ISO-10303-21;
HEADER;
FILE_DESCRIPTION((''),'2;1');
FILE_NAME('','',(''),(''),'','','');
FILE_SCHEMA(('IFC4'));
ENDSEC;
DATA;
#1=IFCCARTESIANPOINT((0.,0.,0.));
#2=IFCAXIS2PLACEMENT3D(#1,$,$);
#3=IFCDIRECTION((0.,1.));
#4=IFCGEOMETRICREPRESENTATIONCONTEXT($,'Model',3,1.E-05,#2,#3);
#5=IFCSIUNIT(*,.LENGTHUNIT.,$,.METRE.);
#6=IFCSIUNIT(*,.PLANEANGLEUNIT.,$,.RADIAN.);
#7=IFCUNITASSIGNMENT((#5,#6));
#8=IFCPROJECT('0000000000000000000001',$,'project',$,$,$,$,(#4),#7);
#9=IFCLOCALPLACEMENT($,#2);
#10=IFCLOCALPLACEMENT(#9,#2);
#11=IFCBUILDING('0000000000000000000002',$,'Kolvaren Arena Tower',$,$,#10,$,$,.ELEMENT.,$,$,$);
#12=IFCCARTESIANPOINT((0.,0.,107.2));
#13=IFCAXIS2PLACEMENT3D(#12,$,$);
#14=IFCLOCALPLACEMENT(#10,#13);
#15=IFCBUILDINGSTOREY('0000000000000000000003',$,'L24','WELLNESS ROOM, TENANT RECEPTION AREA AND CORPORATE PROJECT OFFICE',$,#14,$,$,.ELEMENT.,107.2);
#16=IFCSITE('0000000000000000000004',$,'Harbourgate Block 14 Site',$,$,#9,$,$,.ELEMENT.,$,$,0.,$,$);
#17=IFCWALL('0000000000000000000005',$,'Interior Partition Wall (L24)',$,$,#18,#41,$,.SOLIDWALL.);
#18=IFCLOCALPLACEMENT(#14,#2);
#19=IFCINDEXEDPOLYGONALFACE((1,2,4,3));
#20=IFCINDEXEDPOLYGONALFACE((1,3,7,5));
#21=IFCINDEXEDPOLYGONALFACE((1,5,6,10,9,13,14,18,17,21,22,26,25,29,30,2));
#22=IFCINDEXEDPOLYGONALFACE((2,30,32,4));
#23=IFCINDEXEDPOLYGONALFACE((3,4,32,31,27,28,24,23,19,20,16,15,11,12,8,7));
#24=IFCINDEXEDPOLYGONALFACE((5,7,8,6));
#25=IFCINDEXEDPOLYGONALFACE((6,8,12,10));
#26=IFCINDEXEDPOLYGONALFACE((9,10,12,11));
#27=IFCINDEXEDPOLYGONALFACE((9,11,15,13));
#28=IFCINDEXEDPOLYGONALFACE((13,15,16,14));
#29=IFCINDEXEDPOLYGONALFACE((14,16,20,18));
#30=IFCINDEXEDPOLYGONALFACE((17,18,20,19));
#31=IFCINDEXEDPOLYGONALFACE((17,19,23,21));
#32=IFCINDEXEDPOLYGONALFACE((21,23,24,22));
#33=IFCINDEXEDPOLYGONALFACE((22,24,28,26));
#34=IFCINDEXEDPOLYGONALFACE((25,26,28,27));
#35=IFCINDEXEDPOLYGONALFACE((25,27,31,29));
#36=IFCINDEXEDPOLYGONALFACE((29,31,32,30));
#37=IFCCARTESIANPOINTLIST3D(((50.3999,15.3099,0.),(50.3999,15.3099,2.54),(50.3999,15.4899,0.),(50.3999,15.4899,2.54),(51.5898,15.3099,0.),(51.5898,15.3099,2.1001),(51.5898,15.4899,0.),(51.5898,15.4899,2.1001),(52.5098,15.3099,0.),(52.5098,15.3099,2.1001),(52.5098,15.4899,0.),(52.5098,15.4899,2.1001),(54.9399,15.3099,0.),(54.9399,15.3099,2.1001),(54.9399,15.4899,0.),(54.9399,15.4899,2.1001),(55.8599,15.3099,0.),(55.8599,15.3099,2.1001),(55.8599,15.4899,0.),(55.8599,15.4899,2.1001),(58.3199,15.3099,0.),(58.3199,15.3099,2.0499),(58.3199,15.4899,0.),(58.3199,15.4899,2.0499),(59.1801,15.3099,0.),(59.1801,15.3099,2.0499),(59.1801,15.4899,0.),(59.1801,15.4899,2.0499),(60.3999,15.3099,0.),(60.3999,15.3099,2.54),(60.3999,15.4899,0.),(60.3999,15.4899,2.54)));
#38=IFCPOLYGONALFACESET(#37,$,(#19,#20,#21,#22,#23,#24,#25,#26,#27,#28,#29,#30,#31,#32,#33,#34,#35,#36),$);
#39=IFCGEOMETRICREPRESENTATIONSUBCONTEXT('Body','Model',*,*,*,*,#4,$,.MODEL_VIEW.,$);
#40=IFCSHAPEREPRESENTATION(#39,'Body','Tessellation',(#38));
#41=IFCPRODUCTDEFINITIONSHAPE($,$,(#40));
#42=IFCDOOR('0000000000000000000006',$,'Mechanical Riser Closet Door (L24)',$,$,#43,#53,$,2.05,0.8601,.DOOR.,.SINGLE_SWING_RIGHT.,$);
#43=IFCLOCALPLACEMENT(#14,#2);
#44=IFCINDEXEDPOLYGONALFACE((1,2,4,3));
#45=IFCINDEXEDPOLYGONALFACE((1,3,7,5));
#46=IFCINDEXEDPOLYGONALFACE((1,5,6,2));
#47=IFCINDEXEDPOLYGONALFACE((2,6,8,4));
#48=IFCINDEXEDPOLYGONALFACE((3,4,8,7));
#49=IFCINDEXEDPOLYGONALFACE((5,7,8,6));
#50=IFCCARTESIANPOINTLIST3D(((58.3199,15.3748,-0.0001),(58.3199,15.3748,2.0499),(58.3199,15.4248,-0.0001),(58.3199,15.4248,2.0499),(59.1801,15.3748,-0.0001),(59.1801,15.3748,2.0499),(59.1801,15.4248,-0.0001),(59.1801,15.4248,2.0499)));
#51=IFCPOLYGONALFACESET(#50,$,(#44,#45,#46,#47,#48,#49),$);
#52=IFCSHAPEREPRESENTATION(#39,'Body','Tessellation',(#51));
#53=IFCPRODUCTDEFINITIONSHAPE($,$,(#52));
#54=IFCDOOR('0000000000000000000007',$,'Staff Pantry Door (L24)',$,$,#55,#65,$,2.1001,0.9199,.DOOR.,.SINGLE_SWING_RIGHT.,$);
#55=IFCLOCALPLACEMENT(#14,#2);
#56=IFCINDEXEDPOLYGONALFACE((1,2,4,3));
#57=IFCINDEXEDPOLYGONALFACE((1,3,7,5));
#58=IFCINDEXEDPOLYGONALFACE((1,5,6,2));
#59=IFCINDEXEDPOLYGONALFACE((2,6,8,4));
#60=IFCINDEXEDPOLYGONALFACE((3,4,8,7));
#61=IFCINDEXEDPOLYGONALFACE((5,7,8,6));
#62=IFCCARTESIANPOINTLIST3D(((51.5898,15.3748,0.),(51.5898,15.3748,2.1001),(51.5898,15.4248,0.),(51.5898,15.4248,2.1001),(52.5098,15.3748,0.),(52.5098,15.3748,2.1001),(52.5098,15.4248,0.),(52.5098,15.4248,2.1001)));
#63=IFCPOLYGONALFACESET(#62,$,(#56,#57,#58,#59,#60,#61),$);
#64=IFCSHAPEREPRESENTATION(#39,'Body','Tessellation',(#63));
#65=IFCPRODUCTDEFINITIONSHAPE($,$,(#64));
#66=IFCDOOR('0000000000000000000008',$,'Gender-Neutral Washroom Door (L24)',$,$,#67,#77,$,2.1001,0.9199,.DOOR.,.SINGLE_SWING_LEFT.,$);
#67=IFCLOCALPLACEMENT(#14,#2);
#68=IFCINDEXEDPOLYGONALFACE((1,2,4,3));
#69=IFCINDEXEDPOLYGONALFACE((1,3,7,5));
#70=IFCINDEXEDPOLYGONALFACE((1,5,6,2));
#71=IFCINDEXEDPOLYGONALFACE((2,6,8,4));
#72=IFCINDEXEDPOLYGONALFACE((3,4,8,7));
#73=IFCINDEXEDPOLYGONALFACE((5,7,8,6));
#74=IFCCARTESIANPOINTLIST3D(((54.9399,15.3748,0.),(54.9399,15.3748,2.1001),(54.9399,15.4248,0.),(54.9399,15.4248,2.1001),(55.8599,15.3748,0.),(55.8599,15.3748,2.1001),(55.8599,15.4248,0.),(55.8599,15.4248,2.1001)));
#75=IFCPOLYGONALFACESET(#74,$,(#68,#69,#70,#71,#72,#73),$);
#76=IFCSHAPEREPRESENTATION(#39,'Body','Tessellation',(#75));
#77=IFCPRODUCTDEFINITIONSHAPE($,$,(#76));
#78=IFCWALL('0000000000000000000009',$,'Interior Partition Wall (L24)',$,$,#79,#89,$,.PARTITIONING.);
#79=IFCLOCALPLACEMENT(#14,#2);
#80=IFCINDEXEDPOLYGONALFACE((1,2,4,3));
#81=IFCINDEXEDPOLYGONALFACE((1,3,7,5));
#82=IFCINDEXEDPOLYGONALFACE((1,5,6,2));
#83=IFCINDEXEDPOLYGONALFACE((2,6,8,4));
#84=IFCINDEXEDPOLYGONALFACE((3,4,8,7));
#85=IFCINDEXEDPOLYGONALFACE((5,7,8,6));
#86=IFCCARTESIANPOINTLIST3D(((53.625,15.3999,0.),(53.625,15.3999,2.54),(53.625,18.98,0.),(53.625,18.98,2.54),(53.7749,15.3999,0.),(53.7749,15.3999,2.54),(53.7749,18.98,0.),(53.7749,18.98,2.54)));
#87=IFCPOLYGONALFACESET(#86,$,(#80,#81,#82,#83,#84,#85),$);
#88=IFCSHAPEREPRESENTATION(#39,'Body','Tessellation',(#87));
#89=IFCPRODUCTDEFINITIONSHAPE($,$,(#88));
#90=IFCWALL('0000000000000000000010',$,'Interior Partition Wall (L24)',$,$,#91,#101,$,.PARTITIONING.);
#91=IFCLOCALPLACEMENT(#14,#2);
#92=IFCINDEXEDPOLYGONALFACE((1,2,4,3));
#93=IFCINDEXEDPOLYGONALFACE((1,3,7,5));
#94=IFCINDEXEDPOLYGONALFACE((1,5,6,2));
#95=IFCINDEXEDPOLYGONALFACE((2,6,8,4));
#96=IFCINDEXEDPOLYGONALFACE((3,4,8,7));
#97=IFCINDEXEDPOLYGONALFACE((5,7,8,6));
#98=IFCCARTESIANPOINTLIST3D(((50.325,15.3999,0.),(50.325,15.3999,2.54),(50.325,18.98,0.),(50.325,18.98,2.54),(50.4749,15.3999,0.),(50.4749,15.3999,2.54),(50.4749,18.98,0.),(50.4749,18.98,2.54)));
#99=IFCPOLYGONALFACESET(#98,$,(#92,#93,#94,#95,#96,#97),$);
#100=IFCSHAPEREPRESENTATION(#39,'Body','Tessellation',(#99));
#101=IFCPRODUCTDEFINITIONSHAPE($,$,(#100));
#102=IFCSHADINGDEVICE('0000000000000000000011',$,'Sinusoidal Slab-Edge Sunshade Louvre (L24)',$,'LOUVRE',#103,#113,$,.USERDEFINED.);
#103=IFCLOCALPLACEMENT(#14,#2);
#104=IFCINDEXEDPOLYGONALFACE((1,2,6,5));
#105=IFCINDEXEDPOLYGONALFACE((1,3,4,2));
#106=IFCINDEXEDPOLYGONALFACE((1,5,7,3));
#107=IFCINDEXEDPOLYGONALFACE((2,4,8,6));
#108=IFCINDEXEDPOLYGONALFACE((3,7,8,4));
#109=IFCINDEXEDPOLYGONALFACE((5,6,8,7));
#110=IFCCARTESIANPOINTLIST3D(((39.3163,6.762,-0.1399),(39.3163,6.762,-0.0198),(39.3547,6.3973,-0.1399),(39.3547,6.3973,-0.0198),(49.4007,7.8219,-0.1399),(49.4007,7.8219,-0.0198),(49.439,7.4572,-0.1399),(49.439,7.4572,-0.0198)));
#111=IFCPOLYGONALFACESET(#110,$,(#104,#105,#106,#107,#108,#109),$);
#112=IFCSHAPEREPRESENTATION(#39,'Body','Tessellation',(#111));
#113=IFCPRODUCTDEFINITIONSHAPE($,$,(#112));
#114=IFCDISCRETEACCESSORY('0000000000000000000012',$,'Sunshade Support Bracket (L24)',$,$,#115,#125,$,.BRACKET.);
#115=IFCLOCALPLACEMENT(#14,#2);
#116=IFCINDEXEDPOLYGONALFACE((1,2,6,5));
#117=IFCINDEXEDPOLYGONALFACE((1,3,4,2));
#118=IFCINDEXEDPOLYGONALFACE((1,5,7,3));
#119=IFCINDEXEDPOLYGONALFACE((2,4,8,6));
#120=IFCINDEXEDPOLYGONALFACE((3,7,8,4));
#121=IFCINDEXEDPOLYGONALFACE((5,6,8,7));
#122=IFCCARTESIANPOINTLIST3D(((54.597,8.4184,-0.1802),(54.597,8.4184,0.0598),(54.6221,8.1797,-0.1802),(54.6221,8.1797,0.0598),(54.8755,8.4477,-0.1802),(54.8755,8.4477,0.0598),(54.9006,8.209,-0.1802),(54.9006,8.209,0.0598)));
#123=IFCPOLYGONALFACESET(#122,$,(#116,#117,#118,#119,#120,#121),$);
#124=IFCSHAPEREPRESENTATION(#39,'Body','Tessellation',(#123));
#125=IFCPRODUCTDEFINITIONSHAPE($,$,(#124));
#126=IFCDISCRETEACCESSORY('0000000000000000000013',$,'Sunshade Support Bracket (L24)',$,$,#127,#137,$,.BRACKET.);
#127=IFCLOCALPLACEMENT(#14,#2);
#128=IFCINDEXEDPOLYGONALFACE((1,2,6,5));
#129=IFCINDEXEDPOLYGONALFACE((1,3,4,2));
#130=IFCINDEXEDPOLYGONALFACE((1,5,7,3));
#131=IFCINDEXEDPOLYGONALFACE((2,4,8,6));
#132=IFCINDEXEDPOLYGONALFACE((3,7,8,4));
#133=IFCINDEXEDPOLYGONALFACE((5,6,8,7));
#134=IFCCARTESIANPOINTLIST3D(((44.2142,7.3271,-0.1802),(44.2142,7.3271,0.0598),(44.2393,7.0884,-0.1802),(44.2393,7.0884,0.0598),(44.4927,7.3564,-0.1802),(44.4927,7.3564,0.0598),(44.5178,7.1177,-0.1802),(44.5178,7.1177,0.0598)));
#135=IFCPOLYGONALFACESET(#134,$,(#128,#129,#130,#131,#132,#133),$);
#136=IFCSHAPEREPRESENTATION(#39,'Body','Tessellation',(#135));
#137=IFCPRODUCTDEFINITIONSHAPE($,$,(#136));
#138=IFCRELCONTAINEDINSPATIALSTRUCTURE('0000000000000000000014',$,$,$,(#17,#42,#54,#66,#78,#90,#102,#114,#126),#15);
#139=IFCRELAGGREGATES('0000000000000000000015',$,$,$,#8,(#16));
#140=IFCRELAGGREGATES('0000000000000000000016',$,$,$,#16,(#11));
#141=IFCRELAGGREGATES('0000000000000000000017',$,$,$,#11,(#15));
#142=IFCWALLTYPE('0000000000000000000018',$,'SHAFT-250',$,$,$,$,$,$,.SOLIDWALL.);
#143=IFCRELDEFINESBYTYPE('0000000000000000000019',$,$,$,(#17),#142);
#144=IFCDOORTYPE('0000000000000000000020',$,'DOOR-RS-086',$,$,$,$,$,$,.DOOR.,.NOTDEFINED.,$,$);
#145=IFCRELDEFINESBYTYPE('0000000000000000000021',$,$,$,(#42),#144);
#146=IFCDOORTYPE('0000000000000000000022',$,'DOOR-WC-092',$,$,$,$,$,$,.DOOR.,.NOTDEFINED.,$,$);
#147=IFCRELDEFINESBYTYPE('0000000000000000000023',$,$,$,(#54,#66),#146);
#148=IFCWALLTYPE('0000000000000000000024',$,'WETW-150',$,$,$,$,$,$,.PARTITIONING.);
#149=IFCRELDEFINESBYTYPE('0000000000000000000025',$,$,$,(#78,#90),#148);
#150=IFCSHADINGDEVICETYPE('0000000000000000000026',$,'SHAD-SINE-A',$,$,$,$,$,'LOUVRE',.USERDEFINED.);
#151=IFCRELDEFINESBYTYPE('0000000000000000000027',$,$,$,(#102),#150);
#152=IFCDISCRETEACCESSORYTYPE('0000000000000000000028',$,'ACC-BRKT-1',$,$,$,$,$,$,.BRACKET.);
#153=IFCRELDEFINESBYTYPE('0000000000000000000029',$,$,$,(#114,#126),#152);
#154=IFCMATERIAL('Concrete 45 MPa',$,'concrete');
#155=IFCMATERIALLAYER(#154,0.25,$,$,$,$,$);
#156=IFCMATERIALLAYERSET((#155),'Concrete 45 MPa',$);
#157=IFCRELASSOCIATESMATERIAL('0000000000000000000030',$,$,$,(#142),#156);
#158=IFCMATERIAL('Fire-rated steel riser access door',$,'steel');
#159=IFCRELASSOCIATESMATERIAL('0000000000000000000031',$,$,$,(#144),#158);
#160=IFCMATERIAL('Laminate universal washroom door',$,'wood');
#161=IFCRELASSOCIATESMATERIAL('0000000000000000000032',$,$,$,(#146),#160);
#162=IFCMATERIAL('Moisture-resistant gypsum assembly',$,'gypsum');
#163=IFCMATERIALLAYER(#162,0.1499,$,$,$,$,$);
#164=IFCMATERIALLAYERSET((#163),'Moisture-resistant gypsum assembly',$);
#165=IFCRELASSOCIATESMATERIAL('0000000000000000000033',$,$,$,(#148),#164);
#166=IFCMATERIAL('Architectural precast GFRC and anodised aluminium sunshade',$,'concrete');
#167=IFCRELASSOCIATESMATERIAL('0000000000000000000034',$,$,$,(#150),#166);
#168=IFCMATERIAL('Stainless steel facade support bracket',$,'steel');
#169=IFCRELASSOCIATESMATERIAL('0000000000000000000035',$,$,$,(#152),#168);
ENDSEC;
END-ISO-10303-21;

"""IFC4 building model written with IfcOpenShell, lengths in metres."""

from ifc_helpers import new_model, si_unit, direction, frame, frame_2d, origin, origin_2d, place, context, subcontext, project, spatial, rectangle, extrude, material, layer, layer_set, type_object, element, fill, save


model = new_model("IFC4")

# Units and contexts
model_context = context("Model", 3, precision=1e-05, world=origin(), true_north=direction((0.0, 1.0)))
body_context = subcontext(model_context, "Body", "Model", "MODEL_VIEW")
ifc_project = project(units=[si_unit("LENGTHUNIT", "METRE"), si_unit("PLANEANGLEUNIT", "RADIAN")], contexts=[model_context])

# Site, building, storey
site_placement = place(None, origin())
site = spatial("IfcSite", under=ifc_project, at=site_placement, Name="Harbourgate Block 14 Site", CompositionType="ELEMENT", RefElevation=0.0)
building_placement = place(site_placement, origin())
building = spatial("IfcBuilding", under=site, at=building_placement, Name="Kolvaren Arena Tower", CompositionType="ELEMENT")
storey_placement = place(building_placement, frame((0.0, 0.0, 107.2)))
storey = spatial("IfcBuildingStorey", under=building, at=storey_placement, Name="L24", Description="WELLNESS ROOM, TENANT RECEPTION AREA AND CORPORATE PROJECT OFFICE", CompositionType="ELEMENT", Elevation=107.2)

# Shared definitions
ifc_material_1 = material(Name="Concrete 45 MPa", Category="concrete")
ifc_layer_1 = layer(ifc_material_1, 0.25)
ifc_layer_set_1 = layer_set([ifc_layer_1], Name="Concrete 45 MPa")
wall_type_1 = type_object("IfcWallType", Name="SHAFT-250", PredefinedType="SOLIDWALL", material=ifc_layer_set_1)

# Wall, openings, doors
wall_1_placement = place(storey_placement, frame((50.3999, 15.3999, 0.0), z_axis=(0.0, 0.0, 1.0), x_axis=(1.0, 0.0, 0.0)))
wall_1 = element("IfcWall", 1, at=wall_1_placement, inside=storey, type_object=wall_type_1, Name="Interior Partition Wall (L24)", PredefinedType="SOLIDWALL", context=body_context, shape_type="SweptSolid", body=[
    extrude(rectangle(XDim=10.0, YDim=0.1799, at=frame_2d((5.0, 0.0))), origin(), (0.0, 0.0, 1.0), 2.54),
])
opening_1_placement = place(wall_1_placement, frame((1.1899, 0.0, 0.0)))
opening_1 = element("IfcOpeningElement", 2, at=opening_1_placement, cuts=wall_1, PredefinedType="OPENING", context=body_context, shape_type="SweptSolid", body=[
    extrude(rectangle(XDim=0.9199, YDim=2.1001, at=frame_2d((0.46, 1.05))), frame((0.0, 0.0999, 0.0), z_axis=(0.0, -1.0, 0.0), x_axis=(1.0, 0.0, 0.0)), (0.0, 0.0, 1.0), 0.2),
])
opening_2_placement = place(wall_1_placement, frame((4.54, 0.0, 0.0)))
opening_2 = element("IfcOpeningElement", 3, at=opening_2_placement, cuts=wall_1, PredefinedType="OPENING", context=body_context, shape_type="SweptSolid", body=[
    extrude(rectangle(XDim=0.9199, YDim=2.1001, at=frame_2d((0.46, 1.05))), frame((0.0, 0.0999, 0.0), z_axis=(0.0, -1.0, 0.0), x_axis=(1.0, 0.0, 0.0)), (0.0, 0.0, 1.0), 0.2),
])
opening_3_placement = place(wall_1_placement, frame((7.9199, 0.0, 0.0)))
opening_3 = element("IfcOpeningElement", 4, at=opening_3_placement, cuts=wall_1, PredefinedType="OPENING", context=body_context, shape_type="SweptSolid", body=[
    extrude(rectangle(XDim=0.8601, YDim=2.05, at=frame_2d((0.4302, 1.0249))), frame((0.0, 0.0999, 0.0), z_axis=(0.0, -1.0, 0.0), x_axis=(1.0, 0.0, 0.0)), (0.0, 0.0, 1.0), 0.2),
])
ifc_material_2 = material(Name="Fire-rated steel riser access door", Category="steel")
door_type_1 = type_object("IfcDoorType", Name="DOOR-RS-086", OperationType="NOTDEFINED", PredefinedType="DOOR", material=ifc_material_2)
door_1_placement = place(opening_3_placement, origin())
door_1 = element("IfcDoor", 5, at=door_1_placement, inside=storey, type_object=door_type_1, Name="Mechanical Riser Closet Door (L24)", OperationType="SINGLE_SWING_RIGHT", OverallHeight=2.05, OverallWidth=0.8601, PredefinedType="DOOR", context=body_context, shape_type="SweptSolid", body=[
    extrude(rectangle(XDim=0.8601, YDim=2.05, at=frame_2d((0.4302, 1.0249))), frame((0.0, 0.0249, 0.0), z_axis=(0.0, -1.0, 0.0), x_axis=(1.0, 0.0, 0.0)), (0.0, 0.0, 1.0), 0.05),
])
fill(opening_3, door_1)
ifc_material_3 = material(Name="Laminate universal washroom door", Category="wood")
door_type_2 = type_object("IfcDoorType", Name="DOOR-WC-092", OperationType="NOTDEFINED", PredefinedType="DOOR", material=ifc_material_3)
door_2_placement = place(opening_1_placement, origin())
door_2 = element("IfcDoor", 6, at=door_2_placement, inside=storey, type_object=door_type_2, Name="Staff Pantry Door (L24)", OperationType="SINGLE_SWING_RIGHT", OverallHeight=2.1001, OverallWidth=0.9199, PredefinedType="DOOR", context=body_context, shape_type="SweptSolid", body=[
    extrude(rectangle(XDim=0.9199, YDim=2.1001, at=frame_2d((0.46, 1.05))), frame((0.0, 0.0249, 0.0), z_axis=(0.0, -1.0, 0.0), x_axis=(1.0, 0.0, 0.0)), (0.0, 0.0, 1.0), 0.05),
])
fill(opening_1, door_2)
door_3_placement = place(opening_2_placement, origin())
door_3 = element("IfcDoor", 7, at=door_3_placement, inside=storey, type_object=door_type_2, Name="Gender-Neutral Washroom Door (L24)", OperationType="SINGLE_SWING_LEFT", OverallHeight=2.1001, OverallWidth=0.9199, PredefinedType="DOOR", context=body_context, shape_type="SweptSolid", body=[
    extrude(rectangle(XDim=0.9199, YDim=2.1001, at=frame_2d((0.46, 1.05))), frame((0.0, 0.0249, 0.0), z_axis=(0.0, -1.0, 0.0), x_axis=(1.0, 0.0, 0.0)), (0.0, 0.0, 1.0), 0.05),
])
fill(opening_2, door_3)

# Walls
ifc_material_4 = material(Name="Moisture-resistant gypsum assembly", Category="gypsum")
ifc_layer_2 = layer(ifc_material_4, 0.1499)
ifc_layer_set_2 = layer_set([ifc_layer_2], Name="Moisture-resistant gypsum assembly")
wall_type_2 = type_object("IfcWallType", Name="WETW-150", PredefinedType="PARTITIONING", material=ifc_layer_set_2)
for number, where, z_axis, x_axis, name in (
    (8, (53.7, 15.3999, 0.0), (0.0, 0.0, 1.0), (0.0, 1.0, 0.0), "Interior Partition Wall (L24)"),
    (9, (50.3999, 15.3999, 0.0), (0.0, 0.0, 1.0), (0.0, 1.0, 0.0), "Interior Partition Wall (L24)"),
):
    element("IfcWall", number, at=place(storey_placement, frame(where, z_axis=z_axis, x_axis=x_axis)), inside=storey, type_object=wall_type_2, Name=name, PredefinedType="PARTITIONING", context=body_context, shape_type="SweptSolid", body=[
        extrude(rectangle(XDim=3.5801, YDim=0.1499, at=frame_2d((1.79, 0.0))), origin(), (0.0, 0.0, 1.0), 2.54),
    ])

# Shading device
ifc_material_5 = material(Name="Architectural precast GFRC and anodised aluminium sunshade", Category="concrete")
shading_device_type = type_object("IfcShadingDeviceType", Name="SHAD-SINE-A", ElementType="LOUVRE", PredefinedType="USERDEFINED", material=ifc_material_5)
shading_device_placement = place(storey_placement, frame((44.3777, 7.1096, -0.1399), z_axis=(0.0, 0.0, 1.0), x_axis=(-0.994522, -0.104527, 0.0)))
element("IfcShadingDevice", 10, at=shading_device_placement, inside=storey, type_object=shading_device_type, Name="Sinusoidal Slab-Edge Sunshade Louvre (L24)", ObjectType="LOUVRE", PredefinedType="USERDEFINED", context=body_context, shape_type="SweptSolid", body=[
    extrude(rectangle(XDim=10.1399, YDim=0.3667, at=origin_2d()), origin(), (0.0, 0.0, 1.0), 0.1201),
])

# Discrete accessories
ifc_material_6 = material(Name="Stainless steel facade support bracket", Category="steel")
discrete_accessory_type = type_object("IfcDiscreteAccessoryType", Name="ACC-BRKT-1", PredefinedType="BRACKET", material=ifc_material_6)
for number, where, z_axis, x_axis, name in (
    (11, (54.7488, 8.3137, -0.1802), (0.0, 0.0, 1.0), (-0.994522, -0.104527, 0.0), "Sunshade Support Bracket (L24)"),
    (12, (44.366, 7.2224, -0.1802), (0.0, 0.0, 1.0), (-0.994522, -0.104527, 0.0), "Sunshade Support Bracket (L24)"),
):
    element("IfcDiscreteAccessory", number, at=place(storey_placement, frame(where, z_axis=z_axis, x_axis=x_axis)), inside=storey, type_object=discrete_accessory_type, Name=name, PredefinedType="BRACKET", context=body_context, shape_type="SweptSolid", body=[
        extrude(rectangle(XDim=0.28, YDim=0.24, at=origin_2d()), origin(), (0.0, 0.0, 1.0), 0.24),
    ])

save(model, "model.ifc")
